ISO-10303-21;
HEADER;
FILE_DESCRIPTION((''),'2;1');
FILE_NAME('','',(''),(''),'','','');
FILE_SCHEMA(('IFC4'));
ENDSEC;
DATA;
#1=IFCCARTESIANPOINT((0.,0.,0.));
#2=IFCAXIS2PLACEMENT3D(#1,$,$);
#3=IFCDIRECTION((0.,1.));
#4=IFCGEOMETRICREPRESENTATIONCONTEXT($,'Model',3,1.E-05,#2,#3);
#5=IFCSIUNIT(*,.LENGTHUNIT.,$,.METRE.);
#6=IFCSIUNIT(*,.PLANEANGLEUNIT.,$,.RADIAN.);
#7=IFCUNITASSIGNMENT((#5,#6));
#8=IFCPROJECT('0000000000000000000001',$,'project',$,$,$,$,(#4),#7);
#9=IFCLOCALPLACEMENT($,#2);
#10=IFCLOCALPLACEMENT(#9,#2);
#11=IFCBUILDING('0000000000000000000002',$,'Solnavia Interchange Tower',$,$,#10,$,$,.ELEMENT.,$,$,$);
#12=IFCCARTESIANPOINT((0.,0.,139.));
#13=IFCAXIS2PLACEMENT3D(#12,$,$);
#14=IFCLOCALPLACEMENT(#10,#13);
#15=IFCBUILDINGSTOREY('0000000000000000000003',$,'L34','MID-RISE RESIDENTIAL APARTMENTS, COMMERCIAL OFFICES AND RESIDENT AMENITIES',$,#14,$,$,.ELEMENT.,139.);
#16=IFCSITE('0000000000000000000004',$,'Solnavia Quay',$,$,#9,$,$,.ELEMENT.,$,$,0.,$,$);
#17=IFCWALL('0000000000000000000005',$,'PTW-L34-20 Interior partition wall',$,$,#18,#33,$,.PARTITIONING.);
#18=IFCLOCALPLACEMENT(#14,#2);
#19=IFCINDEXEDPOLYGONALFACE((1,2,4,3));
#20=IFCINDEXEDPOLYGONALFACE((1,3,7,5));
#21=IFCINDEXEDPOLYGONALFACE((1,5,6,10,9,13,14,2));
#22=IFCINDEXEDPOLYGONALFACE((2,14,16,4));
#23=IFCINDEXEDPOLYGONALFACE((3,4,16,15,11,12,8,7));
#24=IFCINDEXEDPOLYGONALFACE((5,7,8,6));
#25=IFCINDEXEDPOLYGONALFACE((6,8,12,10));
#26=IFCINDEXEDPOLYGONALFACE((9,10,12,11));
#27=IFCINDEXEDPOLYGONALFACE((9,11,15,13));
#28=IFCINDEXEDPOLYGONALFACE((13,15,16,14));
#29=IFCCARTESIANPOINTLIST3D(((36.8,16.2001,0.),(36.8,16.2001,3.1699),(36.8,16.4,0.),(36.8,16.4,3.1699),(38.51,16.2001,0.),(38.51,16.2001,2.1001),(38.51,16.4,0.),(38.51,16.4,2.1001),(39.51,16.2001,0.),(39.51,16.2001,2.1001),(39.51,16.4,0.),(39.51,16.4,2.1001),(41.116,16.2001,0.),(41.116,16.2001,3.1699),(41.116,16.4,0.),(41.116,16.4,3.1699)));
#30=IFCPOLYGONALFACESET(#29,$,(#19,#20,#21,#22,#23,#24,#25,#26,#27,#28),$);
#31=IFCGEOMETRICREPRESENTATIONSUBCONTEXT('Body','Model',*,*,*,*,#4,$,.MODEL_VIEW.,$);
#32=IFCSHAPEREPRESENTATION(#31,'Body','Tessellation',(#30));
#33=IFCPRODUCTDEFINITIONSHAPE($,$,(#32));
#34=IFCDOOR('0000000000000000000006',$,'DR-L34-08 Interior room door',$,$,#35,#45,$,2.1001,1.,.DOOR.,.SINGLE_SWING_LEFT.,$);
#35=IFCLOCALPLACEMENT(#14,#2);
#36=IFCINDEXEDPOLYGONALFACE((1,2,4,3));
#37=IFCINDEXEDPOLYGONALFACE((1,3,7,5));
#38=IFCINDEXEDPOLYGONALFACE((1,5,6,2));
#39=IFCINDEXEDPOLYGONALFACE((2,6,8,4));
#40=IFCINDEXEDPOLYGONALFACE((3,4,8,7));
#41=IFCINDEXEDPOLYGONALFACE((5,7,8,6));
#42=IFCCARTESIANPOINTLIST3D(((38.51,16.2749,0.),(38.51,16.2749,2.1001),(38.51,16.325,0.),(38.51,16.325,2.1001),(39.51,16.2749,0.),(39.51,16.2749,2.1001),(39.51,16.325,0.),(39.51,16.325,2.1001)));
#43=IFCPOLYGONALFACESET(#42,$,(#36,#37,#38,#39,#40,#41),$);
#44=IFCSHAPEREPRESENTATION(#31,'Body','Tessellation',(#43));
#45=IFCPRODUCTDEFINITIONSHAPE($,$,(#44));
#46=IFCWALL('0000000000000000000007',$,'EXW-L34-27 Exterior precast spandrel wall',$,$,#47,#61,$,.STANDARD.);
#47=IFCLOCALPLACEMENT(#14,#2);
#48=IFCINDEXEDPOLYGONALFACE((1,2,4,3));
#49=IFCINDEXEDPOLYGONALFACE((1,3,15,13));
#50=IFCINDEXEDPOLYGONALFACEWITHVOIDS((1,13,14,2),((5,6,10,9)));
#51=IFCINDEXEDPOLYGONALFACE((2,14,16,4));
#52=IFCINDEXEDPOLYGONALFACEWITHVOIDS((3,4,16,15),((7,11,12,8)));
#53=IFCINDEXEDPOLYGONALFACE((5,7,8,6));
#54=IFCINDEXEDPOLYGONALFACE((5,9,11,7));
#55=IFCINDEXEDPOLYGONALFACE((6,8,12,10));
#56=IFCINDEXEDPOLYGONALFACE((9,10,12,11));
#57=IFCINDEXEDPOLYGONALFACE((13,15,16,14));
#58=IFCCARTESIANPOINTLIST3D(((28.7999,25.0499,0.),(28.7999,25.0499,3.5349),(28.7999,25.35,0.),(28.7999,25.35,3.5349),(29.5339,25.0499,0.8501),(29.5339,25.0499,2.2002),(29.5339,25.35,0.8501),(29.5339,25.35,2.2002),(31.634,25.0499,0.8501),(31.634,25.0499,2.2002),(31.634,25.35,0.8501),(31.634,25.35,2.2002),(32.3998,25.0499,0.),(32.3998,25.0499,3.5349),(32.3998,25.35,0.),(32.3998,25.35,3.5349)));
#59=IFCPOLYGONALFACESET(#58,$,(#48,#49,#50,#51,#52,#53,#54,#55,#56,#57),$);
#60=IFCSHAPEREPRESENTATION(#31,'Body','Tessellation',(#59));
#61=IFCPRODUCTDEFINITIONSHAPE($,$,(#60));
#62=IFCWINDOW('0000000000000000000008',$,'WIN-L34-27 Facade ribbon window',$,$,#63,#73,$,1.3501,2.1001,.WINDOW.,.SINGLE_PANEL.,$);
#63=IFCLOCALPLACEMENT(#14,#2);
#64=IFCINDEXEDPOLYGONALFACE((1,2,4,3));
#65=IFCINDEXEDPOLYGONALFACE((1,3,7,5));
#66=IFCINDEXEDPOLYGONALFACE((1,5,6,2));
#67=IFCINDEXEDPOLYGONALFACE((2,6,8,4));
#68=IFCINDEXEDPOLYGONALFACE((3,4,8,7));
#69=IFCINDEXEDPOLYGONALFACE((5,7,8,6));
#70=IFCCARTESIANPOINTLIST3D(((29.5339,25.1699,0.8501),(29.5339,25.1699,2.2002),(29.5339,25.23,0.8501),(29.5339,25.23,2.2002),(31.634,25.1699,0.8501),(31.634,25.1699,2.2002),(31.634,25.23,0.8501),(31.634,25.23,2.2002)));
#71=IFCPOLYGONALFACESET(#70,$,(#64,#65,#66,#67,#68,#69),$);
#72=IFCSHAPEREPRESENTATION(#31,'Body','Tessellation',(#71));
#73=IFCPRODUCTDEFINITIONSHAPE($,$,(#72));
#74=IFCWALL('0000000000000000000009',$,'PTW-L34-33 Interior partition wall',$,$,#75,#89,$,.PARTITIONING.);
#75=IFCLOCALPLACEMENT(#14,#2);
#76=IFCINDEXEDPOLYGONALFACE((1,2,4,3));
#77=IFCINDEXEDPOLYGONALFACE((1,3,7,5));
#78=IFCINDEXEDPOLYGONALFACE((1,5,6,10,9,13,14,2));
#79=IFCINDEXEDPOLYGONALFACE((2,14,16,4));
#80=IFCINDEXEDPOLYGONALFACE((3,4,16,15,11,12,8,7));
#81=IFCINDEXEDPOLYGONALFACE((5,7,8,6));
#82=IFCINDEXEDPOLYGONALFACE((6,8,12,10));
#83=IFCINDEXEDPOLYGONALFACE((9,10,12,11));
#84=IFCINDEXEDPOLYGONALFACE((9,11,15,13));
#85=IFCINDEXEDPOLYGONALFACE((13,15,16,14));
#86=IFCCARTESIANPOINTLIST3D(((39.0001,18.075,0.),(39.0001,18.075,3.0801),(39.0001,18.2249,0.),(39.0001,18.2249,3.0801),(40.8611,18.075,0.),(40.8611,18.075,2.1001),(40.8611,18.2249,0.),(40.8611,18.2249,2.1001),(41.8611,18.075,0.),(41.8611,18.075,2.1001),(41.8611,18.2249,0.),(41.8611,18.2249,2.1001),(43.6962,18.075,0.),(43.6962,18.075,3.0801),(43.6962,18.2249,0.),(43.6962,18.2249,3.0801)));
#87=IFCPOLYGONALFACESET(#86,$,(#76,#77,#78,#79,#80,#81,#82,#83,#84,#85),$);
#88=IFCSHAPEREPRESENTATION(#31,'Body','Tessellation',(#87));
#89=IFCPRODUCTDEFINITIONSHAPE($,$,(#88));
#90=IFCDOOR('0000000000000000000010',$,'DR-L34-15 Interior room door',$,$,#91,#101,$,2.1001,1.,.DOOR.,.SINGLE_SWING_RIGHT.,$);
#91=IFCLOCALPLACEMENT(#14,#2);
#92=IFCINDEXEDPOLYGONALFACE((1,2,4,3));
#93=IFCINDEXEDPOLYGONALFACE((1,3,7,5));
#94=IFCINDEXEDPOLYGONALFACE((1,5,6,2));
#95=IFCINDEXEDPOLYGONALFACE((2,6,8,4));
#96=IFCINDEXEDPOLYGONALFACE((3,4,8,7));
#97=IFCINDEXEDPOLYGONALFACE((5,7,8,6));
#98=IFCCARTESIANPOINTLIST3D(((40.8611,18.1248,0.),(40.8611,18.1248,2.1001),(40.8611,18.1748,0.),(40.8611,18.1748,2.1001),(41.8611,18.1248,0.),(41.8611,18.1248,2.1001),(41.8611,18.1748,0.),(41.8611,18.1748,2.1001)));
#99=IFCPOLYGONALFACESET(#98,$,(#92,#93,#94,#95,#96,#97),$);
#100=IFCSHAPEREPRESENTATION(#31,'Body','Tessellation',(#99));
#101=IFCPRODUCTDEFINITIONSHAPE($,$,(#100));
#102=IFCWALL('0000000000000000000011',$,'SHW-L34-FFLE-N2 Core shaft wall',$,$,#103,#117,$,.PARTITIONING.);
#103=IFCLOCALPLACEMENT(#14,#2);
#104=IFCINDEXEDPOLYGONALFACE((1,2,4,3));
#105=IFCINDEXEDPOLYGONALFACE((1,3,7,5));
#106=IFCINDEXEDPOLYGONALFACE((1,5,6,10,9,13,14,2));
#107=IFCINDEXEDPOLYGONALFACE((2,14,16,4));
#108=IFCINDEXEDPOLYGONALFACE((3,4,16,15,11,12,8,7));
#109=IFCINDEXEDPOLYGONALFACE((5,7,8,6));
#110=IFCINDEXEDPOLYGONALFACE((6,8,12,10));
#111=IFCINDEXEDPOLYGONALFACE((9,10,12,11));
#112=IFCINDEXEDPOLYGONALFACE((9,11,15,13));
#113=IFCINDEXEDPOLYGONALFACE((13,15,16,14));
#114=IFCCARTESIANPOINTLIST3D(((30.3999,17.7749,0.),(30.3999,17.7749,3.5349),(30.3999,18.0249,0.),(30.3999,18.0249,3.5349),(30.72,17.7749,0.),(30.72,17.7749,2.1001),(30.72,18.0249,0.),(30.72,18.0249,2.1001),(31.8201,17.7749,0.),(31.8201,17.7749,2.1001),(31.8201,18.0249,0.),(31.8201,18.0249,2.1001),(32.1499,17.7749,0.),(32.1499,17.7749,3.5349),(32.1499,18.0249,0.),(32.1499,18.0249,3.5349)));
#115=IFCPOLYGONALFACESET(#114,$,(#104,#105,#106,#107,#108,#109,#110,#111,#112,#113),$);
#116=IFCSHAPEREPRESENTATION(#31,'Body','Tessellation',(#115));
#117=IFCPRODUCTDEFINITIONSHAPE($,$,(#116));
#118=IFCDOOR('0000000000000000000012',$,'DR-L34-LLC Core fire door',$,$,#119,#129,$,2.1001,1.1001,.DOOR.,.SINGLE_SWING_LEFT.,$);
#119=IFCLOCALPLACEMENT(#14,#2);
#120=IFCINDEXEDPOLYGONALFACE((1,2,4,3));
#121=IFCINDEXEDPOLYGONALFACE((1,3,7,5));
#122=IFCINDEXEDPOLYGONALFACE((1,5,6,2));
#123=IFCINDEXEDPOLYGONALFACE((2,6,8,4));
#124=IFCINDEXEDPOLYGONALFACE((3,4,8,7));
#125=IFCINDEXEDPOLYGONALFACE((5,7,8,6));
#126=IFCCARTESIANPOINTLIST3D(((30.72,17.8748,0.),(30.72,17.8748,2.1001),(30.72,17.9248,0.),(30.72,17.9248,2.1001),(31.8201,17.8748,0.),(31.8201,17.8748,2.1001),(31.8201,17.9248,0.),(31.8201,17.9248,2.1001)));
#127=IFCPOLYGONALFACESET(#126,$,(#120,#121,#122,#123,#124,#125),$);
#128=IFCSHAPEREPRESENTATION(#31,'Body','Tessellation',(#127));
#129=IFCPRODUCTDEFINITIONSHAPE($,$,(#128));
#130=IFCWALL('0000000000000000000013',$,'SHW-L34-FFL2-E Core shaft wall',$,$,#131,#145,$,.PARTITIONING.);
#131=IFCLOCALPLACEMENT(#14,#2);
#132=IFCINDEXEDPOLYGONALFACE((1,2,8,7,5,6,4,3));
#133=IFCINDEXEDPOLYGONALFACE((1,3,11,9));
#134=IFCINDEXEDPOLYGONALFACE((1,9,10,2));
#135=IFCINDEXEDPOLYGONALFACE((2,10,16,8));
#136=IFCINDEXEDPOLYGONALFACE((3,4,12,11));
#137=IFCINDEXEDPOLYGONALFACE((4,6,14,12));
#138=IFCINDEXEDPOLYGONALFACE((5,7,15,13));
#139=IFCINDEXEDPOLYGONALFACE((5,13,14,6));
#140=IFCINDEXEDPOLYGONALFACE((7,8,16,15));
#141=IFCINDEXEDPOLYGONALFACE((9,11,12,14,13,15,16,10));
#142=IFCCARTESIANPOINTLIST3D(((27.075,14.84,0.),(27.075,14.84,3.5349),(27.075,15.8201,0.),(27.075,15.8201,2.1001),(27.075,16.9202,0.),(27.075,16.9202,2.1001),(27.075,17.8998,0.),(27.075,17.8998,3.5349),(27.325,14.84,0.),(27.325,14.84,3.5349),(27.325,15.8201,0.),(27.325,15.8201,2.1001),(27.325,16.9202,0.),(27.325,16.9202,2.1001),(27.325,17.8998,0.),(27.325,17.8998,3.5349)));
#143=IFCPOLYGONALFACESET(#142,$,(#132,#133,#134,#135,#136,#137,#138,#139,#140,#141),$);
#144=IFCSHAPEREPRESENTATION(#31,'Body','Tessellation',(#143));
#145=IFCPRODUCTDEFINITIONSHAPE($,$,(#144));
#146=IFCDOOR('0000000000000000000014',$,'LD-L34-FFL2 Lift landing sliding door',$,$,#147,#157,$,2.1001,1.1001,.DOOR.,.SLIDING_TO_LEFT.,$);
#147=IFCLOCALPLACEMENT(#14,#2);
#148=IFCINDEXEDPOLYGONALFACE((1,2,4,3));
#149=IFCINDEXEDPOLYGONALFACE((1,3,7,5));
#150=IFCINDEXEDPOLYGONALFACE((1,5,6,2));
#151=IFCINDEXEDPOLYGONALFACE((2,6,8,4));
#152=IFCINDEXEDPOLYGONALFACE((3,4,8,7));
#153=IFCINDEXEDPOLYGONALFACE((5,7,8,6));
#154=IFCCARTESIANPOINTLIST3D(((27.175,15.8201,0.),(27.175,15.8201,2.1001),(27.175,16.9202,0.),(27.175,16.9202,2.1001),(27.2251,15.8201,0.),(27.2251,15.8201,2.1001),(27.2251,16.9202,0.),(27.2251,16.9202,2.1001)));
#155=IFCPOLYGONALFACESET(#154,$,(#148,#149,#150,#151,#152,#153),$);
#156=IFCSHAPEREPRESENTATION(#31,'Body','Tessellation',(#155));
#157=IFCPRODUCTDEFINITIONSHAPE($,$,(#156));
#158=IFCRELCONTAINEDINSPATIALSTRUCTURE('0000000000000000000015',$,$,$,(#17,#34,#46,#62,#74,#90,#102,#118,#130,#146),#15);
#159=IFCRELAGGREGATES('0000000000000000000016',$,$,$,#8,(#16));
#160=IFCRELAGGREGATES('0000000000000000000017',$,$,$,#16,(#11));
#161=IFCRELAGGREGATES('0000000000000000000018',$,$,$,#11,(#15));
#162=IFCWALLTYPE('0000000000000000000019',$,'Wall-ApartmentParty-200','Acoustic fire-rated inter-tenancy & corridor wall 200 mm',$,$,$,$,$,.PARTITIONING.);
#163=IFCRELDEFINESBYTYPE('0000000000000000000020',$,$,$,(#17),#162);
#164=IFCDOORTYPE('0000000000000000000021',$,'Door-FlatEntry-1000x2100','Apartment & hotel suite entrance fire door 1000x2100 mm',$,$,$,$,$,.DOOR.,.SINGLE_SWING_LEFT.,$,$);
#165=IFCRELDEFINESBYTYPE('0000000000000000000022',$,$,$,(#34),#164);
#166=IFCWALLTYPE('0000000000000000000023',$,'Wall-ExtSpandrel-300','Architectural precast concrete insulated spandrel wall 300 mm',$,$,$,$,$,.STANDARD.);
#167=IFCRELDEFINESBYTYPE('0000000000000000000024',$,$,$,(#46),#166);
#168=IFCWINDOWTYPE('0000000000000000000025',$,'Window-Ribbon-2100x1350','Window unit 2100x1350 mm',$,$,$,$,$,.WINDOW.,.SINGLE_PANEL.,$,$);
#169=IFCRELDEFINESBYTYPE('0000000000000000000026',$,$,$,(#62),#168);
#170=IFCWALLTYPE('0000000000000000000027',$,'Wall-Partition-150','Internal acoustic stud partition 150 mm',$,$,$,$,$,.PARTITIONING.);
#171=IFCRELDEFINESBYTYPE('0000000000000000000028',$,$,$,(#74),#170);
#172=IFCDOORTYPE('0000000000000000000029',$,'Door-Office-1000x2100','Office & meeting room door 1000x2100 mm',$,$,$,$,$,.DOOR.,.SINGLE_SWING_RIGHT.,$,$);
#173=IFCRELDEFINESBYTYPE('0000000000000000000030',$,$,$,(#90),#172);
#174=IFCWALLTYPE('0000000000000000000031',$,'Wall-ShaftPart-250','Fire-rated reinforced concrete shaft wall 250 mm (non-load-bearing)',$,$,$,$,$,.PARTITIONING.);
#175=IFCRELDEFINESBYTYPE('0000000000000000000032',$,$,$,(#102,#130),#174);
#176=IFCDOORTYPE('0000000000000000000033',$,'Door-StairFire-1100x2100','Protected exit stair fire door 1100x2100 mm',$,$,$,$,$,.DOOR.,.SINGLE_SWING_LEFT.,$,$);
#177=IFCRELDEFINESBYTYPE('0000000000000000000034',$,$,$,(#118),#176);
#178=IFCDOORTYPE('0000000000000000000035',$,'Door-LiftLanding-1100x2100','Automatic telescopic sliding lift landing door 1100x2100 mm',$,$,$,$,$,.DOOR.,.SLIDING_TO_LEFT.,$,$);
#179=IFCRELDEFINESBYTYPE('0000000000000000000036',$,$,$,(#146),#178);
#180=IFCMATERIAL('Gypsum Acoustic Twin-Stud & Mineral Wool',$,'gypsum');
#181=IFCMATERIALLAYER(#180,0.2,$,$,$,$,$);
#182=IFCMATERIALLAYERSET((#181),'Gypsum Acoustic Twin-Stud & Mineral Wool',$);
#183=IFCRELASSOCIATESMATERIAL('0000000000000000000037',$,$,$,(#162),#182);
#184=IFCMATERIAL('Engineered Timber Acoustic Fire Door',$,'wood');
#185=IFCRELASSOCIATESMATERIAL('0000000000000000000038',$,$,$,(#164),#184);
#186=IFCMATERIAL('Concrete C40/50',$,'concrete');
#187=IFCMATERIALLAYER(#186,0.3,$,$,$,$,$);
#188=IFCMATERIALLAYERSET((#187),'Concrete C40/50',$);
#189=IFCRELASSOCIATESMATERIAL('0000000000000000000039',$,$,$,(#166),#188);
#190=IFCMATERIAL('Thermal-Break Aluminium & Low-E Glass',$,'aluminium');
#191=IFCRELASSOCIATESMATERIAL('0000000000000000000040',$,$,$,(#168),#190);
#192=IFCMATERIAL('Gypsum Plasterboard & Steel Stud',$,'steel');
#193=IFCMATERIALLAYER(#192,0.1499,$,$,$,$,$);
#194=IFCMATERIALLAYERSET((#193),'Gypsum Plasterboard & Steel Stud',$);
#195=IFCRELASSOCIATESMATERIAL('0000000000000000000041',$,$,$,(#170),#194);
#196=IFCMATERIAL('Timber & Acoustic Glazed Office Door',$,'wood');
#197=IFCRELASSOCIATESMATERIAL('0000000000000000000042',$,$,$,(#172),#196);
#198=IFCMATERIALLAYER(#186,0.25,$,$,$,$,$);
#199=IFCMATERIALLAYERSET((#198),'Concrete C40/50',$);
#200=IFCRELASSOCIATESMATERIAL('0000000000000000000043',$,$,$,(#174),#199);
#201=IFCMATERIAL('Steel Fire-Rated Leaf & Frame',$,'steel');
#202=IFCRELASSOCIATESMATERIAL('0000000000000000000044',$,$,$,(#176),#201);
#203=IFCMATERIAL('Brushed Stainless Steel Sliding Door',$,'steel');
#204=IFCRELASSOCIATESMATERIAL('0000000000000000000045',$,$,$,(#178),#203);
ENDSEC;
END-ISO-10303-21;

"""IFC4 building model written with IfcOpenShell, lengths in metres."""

from ifc_helpers import new_model, si_unit, direction, frame, frame_2d, origin, place, context, subcontext, project, spatial, rectangle, extrude, material, layer, layer_set, type_object, element, fill, save


model = new_model("IFC4")

# Units and contexts
model_context = context("Model", 3, precision=1e-05, world=origin(), true_north=direction((0.0, 1.0)))
body_context = subcontext(model_context, "Body", "Model", "MODEL_VIEW")
ifc_project = project(units=[si_unit("LENGTHUNIT", "METRE"), si_unit("PLANEANGLEUNIT", "RADIAN")], contexts=[model_context])

# Site, building, storey
site_placement = place(None, origin())
site = spatial("IfcSite", under=ifc_project, at=site_placement, Name="Solnavia Quay", CompositionType="ELEMENT", RefElevation=0.0)
building_placement = place(site_placement, origin())
building = spatial("IfcBuilding", under=site, at=building_placement, Name="Solnavia Interchange Tower", CompositionType="ELEMENT")
storey_placement = place(building_placement, frame((0.0, 0.0, 139.0)))
storey = spatial("IfcBuildingStorey", under=building, at=storey_placement, Name="L34", Description="MID-RISE RESIDENTIAL APARTMENTS, COMMERCIAL OFFICES AND RESIDENT AMENITIES", CompositionType="ELEMENT", Elevation=139.0)

# Shared definitions
ifc_material_1 = material(Name="Gypsum Acoustic Twin-Stud & Mineral Wool", Category="gypsum")
ifc_layer_1 = layer(ifc_material_1, 0.2)
ifc_layer_set_1 = layer_set([ifc_layer_1], Name="Gypsum Acoustic Twin-Stud & Mineral Wool")
wall_type_1 = type_object("IfcWallType", Name="Wall-ApartmentParty-200", Description="Acoustic fire-rated inter-tenancy & corridor wall 200 mm", PredefinedType="PARTITIONING", material=ifc_layer_set_1)

# Wall, opening, door
wall_1_placement = place(storey_placement, frame((36.8, 16.3, 0.0), z_axis=(0.0, 0.0, 1.0), x_axis=(1.0, 0.0, 0.0)))
wall_1 = element("IfcWall", 1, at=wall_1_placement, inside=storey, type_object=wall_type_1, Name="PTW-L34-20 Interior partition wall", PredefinedType="PARTITIONING", context=body_context, shape_type="SweptSolid", body=[
    extrude(rectangle(XDim=4.3159, YDim=0.2, at=frame_2d((2.158, 0.0))), origin(), (0.0, 0.0, 1.0), 3.1699),
])
opening_1_placement = place(wall_1_placement, frame((1.71, 0.0, 0.0)))
opening_1 = element("IfcOpeningElement", 2, at=opening_1_placement, cuts=wall_1, PredefinedType="OPENING", context=body_context, shape_type="SweptSolid", body=[
    extrude(rectangle(XDim=1.0, YDim=2.1001, at=frame_2d((0.5, 1.05))), frame((0.0, 0.1099, 0.0), z_axis=(0.0, -1.0, 0.0), x_axis=(1.0, 0.0, 0.0)), (0.0, 0.0, 1.0), 0.22),
])
ifc_material_2 = material(Name="Engineered Timber Acoustic Fire Door", Category="wood")
door_type_1 = type_object("IfcDoorType", Name="Door-FlatEntry-1000x2100", Description="Apartment & hotel suite entrance fire door 1000x2100 mm", OperationType="SINGLE_SWING_LEFT", PredefinedType="DOOR", material=ifc_material_2)
door_1_placement = place(opening_1_placement, origin())
door_1 = element("IfcDoor", 3, at=door_1_placement, inside=storey, type_object=door_type_1, Name="DR-L34-08 Interior room door", OperationType="SINGLE_SWING_LEFT", OverallHeight=2.1001, OverallWidth=1.0, PredefinedType="DOOR", context=body_context, shape_type="SweptSolid", body=[
    extrude(rectangle(XDim=1.0, YDim=2.1001, at=frame_2d((0.5, 1.05))), frame((0.0, 0.0249, 0.0), z_axis=(0.0, -1.0, 0.0), x_axis=(1.0, 0.0, 0.0)), (0.0, 0.0, 1.0), 0.05),
])
fill(opening_1, door_1)

# Wall, opening, window
ifc_material_3 = material(Name="Concrete C40/50", Category="concrete")
ifc_layer_2 = layer(ifc_material_3, 0.3)
ifc_layer_set_2 = layer_set([ifc_layer_2], Name="Concrete C40/50")
wall_type_2 = type_object("IfcWallType", Name="Wall-ExtSpandrel-300", Description="Architectural precast concrete insulated spandrel wall 300 mm", PredefinedType="STANDARD", material=ifc_layer_set_2)
wall_2_placement = place(storey_placement, frame((28.8, 25.2, 0.0), z_axis=(0.0, 0.0, 1.0), x_axis=(1.0, 0.0, 0.0)))
wall_2 = element("IfcWall", 4, at=wall_2_placement, inside=storey, type_object=wall_type_2, Name="EXW-L34-27 Exterior precast spandrel wall", PredefinedType="STANDARD", context=body_context, shape_type="SweptSolid", body=[
    extrude(rectangle(XDim=3.5999, YDim=0.3, at=frame_2d((1.7998, 0.0))), origin(), (0.0, 0.0, 1.0), 3.5349),
])
opening_2_placement = place(wall_2_placement, frame((0.7339, 0.0, 0.8501)))
opening_2 = element("IfcOpeningElement", 5, at=opening_2_placement, cuts=wall_2, PredefinedType="OPENING", context=body_context, shape_type="SweptSolid", body=[
    extrude(rectangle(XDim=2.1001, YDim=1.3501, at=frame_2d((1.05, 0.675))), frame((0.0, 0.1602, 0.0), z_axis=(0.0, -1.0, 0.0), x_axis=(1.0, 0.0, 0.0)), (0.0, 0.0, 1.0), 0.3201),
])
ifc_material_4 = material(Name="Thermal-Break Aluminium & Low-E Glass", Category="aluminium")
window_type = type_object("IfcWindowType", Name="Window-Ribbon-2100x1350", Description="Window unit 2100x1350 mm", PartitioningType="SINGLE_PANEL", PredefinedType="WINDOW", material=ifc_material_4)
window_placement = place(opening_2_placement, origin())
window = element("IfcWindow", 6, at=window_placement, inside=storey, type_object=window_type, Name="WIN-L34-27 Facade ribbon window", OverallHeight=1.3501, OverallWidth=2.1001, PartitioningType="SINGLE_PANEL", PredefinedType="WINDOW", context=body_context, shape_type="SweptSolid", body=[
    extrude(rectangle(XDim=2.1001, YDim=1.3501, at=frame_2d((1.05, 0.675))), frame((0.0, 0.03, 0.0), z_axis=(0.0, -1.0, 0.0), x_axis=(1.0, 0.0, 0.0)), (0.0, 0.0, 1.0), 0.0601),
])
fill(opening_2, window)

# Walls, openings, doors
ifc_material_5 = material(Name="Gypsum Plasterboard & Steel Stud", Category="steel")
ifc_layer_3 = layer(ifc_material_5, 0.1499)
ifc_layer_set_3 = layer_set([ifc_layer_3], Name="Gypsum Plasterboard & Steel Stud")
wall_type_3 = type_object("IfcWallType", Name="Wall-Partition-150", Description="Internal acoustic stud partition 150 mm", PredefinedType="PARTITIONING", material=ifc_layer_set_3)
wall_3_placement = place(storey_placement, frame((39.0, 18.1499, 0.0), z_axis=(0.0, 0.0, 1.0), x_axis=(1.0, 0.0, 0.0)))
wall_3 = element("IfcWall", 7, at=wall_3_placement, inside=storey, type_object=wall_type_3, Name="PTW-L34-33 Interior partition wall", PredefinedType="PARTITIONING", context=body_context, shape_type="SweptSolid", body=[
    extrude(rectangle(XDim=4.696, YDim=0.1499, at=frame_2d((2.3481, 0.0))), origin(), (0.0, 0.0, 1.0), 3.0801),
])
opening_3_placement = place(wall_3_placement, frame((1.8611, 0.0, 0.0)))
opening_3 = element("IfcOpeningElement", 8, at=opening_3_placement, cuts=wall_3, PredefinedType="OPENING", context=body_context, shape_type="SweptSolid", body=[
    extrude(rectangle(XDim=1.0, YDim=2.1001, at=frame_2d((0.5, 1.05))), frame((0.0, 0.085, 0.0), z_axis=(0.0, -1.0, 0.0), x_axis=(1.0, 0.0, 0.0)), (0.0, 0.0, 1.0), 0.1699),
])
ifc_material_6 = material(Name="Timber & Acoustic Glazed Office Door", Category="wood")
door_type_2 = type_object("IfcDoorType", Name="Door-Office-1000x2100", Description="Office & meeting room door 1000x2100 mm", OperationType="SINGLE_SWING_RIGHT", PredefinedType="DOOR", material=ifc_material_6)
door_2_placement = place(opening_3_placement, origin())
door_2 = element("IfcDoor", 9, at=door_2_placement, inside=storey, type_object=door_type_2, Name="DR-L34-15 Interior room door", OperationType="SINGLE_SWING_RIGHT", OverallHeight=2.1001, OverallWidth=1.0, PredefinedType="DOOR", context=body_context, shape_type="SweptSolid", body=[
    extrude(rectangle(XDim=1.0, YDim=2.1001, at=frame_2d((0.5, 1.05))), frame((0.0, 0.0249, 0.0), z_axis=(0.0, -1.0, 0.0), x_axis=(1.0, 0.0, 0.0)), (0.0, 0.0, 1.0), 0.05),
])
fill(opening_3, door_2)
ifc_layer_4 = layer(ifc_material_3, 0.25)
ifc_layer_set_4 = layer_set([ifc_layer_4], Name="Concrete C40/50")
wall_type_4 = type_object("IfcWallType", Name="Wall-ShaftPart-250", Description="Fire-rated reinforced concrete shaft wall 250 mm (non-load-bearing)", PredefinedType="PARTITIONING", material=ifc_layer_set_4)
wall_4_placement = place(storey_placement, frame((30.3999, 17.8999, 0.0), z_axis=(0.0, 0.0, 1.0), x_axis=(1.0, 0.0, 0.0)))
wall_4 = element("IfcWall", 10, at=wall_4_placement, inside=storey, type_object=wall_type_4, Name="SHW-L34-FFLE-N2 Core shaft wall", PredefinedType="PARTITIONING", context=body_context, shape_type="SweptSolid", body=[
    extrude(rectangle(XDim=1.75, YDim=0.25, at=frame_2d((0.875, 0.0))), origin(), (0.0, 0.0, 1.0), 3.5349),
])
opening_4_placement = place(wall_4_placement, frame((0.3201, 0.0, 0.0)))
opening_4 = element("IfcOpeningElement", 11, at=opening_4_placement, cuts=wall_4, PredefinedType="OPENING", context=body_context, shape_type="SweptSolid", body=[
    extrude(rectangle(XDim=1.1001, YDim=2.1001, at=frame_2d((0.55, 1.05))), frame((0.0, 0.135, 0.0), z_axis=(0.0, -1.0, 0.0), x_axis=(1.0, 0.0, 0.0)), (0.0, 0.0, 1.0), 0.27),
])
ifc_material_7 = material(Name="Steel Fire-Rated Leaf & Frame", Category="steel")
door_type_3 = type_object("IfcDoorType", Name="Door-StairFire-1100x2100", Description="Protected exit stair fire door 1100x2100 mm", OperationType="SINGLE_SWING_LEFT", PredefinedType="DOOR", material=ifc_material_7)
door_3_placement = place(opening_4_placement, origin())
door_3 = element("IfcDoor", 12, at=door_3_placement, inside=storey, type_object=door_type_3, Name="DR-L34-LLC Core fire door", OperationType="SINGLE_SWING_LEFT", OverallHeight=2.1001, OverallWidth=1.1001, PredefinedType="DOOR", context=body_context, shape_type="SweptSolid", body=[
    extrude(rectangle(XDim=1.1001, YDim=2.1001, at=frame_2d((0.55, 1.05))), frame((0.0, 0.0249, 0.0), z_axis=(0.0, -1.0, 0.0), x_axis=(1.0, 0.0, 0.0)), (0.0, 0.0, 1.0), 0.05),
])
fill(opening_4, door_3)
wall_5_placement = place(storey_placement, frame((27.2, 14.8401, 0.0), z_axis=(0.0, 0.0, 1.0), x_axis=(0.0, 1.0, 0.0)))
wall_5 = element("IfcWall", 13, at=wall_5_placement, inside=storey, type_object=wall_type_4, Name="SHW-L34-FFL2-E Core shaft wall", PredefinedType="PARTITIONING", context=body_context, shape_type="SweptSolid", body=[
    extrude(rectangle(XDim=3.0598, YDim=0.25, at=frame_2d((1.5298, 0.0))), origin(), (0.0, 0.0, 1.0), 3.5349),
])
opening_5_placement = place(wall_5_placement, frame((0.98, 0.0, 0.0)))
opening_5 = element("IfcOpeningElement", 14, at=opening_5_placement, cuts=wall_5, PredefinedType="OPENING", context=body_context, shape_type="SweptSolid", body=[
    extrude(rectangle(XDim=1.1001, YDim=2.1001, at=frame_2d((0.55, 1.05))), frame((0.0, 0.135, 0.0), z_axis=(0.0, -1.0, 0.0), x_axis=(1.0, 0.0, 0.0)), (0.0, 0.0, 1.0), 0.27),
])
ifc_material_8 = material(Name="Brushed Stainless Steel Sliding Door", Category="steel")
door_type_4 = type_object("IfcDoorType", Name="Door-LiftLanding-1100x2100", Description="Automatic telescopic sliding lift landing door 1100x2100 mm", OperationType="SLIDING_TO_LEFT", PredefinedType="DOOR", material=ifc_material_8)
door_4_placement = place(opening_5_placement, origin())
door_4 = element("IfcDoor", 15, at=door_4_placement, inside=storey, type_object=door_type_4, Name="LD-L34-FFL2 Lift landing sliding door", OperationType="SLIDING_TO_LEFT", OverallHeight=2.1001, OverallWidth=1.1001, PredefinedType="DOOR", context=body_context, shape_type="SweptSolid", body=[
    extrude(rectangle(XDim=1.1001, YDim=2.1001, at=frame_2d((0.55, 1.05))), frame((0.0, 0.0249, 0.0), z_axis=(0.0, -1.0, 0.0), x_axis=(1.0, 0.0, 0.0)), (0.0, 0.0, 1.0), 0.05),
])
fill(opening_5, door_4)

save(model, "model.ifc")
